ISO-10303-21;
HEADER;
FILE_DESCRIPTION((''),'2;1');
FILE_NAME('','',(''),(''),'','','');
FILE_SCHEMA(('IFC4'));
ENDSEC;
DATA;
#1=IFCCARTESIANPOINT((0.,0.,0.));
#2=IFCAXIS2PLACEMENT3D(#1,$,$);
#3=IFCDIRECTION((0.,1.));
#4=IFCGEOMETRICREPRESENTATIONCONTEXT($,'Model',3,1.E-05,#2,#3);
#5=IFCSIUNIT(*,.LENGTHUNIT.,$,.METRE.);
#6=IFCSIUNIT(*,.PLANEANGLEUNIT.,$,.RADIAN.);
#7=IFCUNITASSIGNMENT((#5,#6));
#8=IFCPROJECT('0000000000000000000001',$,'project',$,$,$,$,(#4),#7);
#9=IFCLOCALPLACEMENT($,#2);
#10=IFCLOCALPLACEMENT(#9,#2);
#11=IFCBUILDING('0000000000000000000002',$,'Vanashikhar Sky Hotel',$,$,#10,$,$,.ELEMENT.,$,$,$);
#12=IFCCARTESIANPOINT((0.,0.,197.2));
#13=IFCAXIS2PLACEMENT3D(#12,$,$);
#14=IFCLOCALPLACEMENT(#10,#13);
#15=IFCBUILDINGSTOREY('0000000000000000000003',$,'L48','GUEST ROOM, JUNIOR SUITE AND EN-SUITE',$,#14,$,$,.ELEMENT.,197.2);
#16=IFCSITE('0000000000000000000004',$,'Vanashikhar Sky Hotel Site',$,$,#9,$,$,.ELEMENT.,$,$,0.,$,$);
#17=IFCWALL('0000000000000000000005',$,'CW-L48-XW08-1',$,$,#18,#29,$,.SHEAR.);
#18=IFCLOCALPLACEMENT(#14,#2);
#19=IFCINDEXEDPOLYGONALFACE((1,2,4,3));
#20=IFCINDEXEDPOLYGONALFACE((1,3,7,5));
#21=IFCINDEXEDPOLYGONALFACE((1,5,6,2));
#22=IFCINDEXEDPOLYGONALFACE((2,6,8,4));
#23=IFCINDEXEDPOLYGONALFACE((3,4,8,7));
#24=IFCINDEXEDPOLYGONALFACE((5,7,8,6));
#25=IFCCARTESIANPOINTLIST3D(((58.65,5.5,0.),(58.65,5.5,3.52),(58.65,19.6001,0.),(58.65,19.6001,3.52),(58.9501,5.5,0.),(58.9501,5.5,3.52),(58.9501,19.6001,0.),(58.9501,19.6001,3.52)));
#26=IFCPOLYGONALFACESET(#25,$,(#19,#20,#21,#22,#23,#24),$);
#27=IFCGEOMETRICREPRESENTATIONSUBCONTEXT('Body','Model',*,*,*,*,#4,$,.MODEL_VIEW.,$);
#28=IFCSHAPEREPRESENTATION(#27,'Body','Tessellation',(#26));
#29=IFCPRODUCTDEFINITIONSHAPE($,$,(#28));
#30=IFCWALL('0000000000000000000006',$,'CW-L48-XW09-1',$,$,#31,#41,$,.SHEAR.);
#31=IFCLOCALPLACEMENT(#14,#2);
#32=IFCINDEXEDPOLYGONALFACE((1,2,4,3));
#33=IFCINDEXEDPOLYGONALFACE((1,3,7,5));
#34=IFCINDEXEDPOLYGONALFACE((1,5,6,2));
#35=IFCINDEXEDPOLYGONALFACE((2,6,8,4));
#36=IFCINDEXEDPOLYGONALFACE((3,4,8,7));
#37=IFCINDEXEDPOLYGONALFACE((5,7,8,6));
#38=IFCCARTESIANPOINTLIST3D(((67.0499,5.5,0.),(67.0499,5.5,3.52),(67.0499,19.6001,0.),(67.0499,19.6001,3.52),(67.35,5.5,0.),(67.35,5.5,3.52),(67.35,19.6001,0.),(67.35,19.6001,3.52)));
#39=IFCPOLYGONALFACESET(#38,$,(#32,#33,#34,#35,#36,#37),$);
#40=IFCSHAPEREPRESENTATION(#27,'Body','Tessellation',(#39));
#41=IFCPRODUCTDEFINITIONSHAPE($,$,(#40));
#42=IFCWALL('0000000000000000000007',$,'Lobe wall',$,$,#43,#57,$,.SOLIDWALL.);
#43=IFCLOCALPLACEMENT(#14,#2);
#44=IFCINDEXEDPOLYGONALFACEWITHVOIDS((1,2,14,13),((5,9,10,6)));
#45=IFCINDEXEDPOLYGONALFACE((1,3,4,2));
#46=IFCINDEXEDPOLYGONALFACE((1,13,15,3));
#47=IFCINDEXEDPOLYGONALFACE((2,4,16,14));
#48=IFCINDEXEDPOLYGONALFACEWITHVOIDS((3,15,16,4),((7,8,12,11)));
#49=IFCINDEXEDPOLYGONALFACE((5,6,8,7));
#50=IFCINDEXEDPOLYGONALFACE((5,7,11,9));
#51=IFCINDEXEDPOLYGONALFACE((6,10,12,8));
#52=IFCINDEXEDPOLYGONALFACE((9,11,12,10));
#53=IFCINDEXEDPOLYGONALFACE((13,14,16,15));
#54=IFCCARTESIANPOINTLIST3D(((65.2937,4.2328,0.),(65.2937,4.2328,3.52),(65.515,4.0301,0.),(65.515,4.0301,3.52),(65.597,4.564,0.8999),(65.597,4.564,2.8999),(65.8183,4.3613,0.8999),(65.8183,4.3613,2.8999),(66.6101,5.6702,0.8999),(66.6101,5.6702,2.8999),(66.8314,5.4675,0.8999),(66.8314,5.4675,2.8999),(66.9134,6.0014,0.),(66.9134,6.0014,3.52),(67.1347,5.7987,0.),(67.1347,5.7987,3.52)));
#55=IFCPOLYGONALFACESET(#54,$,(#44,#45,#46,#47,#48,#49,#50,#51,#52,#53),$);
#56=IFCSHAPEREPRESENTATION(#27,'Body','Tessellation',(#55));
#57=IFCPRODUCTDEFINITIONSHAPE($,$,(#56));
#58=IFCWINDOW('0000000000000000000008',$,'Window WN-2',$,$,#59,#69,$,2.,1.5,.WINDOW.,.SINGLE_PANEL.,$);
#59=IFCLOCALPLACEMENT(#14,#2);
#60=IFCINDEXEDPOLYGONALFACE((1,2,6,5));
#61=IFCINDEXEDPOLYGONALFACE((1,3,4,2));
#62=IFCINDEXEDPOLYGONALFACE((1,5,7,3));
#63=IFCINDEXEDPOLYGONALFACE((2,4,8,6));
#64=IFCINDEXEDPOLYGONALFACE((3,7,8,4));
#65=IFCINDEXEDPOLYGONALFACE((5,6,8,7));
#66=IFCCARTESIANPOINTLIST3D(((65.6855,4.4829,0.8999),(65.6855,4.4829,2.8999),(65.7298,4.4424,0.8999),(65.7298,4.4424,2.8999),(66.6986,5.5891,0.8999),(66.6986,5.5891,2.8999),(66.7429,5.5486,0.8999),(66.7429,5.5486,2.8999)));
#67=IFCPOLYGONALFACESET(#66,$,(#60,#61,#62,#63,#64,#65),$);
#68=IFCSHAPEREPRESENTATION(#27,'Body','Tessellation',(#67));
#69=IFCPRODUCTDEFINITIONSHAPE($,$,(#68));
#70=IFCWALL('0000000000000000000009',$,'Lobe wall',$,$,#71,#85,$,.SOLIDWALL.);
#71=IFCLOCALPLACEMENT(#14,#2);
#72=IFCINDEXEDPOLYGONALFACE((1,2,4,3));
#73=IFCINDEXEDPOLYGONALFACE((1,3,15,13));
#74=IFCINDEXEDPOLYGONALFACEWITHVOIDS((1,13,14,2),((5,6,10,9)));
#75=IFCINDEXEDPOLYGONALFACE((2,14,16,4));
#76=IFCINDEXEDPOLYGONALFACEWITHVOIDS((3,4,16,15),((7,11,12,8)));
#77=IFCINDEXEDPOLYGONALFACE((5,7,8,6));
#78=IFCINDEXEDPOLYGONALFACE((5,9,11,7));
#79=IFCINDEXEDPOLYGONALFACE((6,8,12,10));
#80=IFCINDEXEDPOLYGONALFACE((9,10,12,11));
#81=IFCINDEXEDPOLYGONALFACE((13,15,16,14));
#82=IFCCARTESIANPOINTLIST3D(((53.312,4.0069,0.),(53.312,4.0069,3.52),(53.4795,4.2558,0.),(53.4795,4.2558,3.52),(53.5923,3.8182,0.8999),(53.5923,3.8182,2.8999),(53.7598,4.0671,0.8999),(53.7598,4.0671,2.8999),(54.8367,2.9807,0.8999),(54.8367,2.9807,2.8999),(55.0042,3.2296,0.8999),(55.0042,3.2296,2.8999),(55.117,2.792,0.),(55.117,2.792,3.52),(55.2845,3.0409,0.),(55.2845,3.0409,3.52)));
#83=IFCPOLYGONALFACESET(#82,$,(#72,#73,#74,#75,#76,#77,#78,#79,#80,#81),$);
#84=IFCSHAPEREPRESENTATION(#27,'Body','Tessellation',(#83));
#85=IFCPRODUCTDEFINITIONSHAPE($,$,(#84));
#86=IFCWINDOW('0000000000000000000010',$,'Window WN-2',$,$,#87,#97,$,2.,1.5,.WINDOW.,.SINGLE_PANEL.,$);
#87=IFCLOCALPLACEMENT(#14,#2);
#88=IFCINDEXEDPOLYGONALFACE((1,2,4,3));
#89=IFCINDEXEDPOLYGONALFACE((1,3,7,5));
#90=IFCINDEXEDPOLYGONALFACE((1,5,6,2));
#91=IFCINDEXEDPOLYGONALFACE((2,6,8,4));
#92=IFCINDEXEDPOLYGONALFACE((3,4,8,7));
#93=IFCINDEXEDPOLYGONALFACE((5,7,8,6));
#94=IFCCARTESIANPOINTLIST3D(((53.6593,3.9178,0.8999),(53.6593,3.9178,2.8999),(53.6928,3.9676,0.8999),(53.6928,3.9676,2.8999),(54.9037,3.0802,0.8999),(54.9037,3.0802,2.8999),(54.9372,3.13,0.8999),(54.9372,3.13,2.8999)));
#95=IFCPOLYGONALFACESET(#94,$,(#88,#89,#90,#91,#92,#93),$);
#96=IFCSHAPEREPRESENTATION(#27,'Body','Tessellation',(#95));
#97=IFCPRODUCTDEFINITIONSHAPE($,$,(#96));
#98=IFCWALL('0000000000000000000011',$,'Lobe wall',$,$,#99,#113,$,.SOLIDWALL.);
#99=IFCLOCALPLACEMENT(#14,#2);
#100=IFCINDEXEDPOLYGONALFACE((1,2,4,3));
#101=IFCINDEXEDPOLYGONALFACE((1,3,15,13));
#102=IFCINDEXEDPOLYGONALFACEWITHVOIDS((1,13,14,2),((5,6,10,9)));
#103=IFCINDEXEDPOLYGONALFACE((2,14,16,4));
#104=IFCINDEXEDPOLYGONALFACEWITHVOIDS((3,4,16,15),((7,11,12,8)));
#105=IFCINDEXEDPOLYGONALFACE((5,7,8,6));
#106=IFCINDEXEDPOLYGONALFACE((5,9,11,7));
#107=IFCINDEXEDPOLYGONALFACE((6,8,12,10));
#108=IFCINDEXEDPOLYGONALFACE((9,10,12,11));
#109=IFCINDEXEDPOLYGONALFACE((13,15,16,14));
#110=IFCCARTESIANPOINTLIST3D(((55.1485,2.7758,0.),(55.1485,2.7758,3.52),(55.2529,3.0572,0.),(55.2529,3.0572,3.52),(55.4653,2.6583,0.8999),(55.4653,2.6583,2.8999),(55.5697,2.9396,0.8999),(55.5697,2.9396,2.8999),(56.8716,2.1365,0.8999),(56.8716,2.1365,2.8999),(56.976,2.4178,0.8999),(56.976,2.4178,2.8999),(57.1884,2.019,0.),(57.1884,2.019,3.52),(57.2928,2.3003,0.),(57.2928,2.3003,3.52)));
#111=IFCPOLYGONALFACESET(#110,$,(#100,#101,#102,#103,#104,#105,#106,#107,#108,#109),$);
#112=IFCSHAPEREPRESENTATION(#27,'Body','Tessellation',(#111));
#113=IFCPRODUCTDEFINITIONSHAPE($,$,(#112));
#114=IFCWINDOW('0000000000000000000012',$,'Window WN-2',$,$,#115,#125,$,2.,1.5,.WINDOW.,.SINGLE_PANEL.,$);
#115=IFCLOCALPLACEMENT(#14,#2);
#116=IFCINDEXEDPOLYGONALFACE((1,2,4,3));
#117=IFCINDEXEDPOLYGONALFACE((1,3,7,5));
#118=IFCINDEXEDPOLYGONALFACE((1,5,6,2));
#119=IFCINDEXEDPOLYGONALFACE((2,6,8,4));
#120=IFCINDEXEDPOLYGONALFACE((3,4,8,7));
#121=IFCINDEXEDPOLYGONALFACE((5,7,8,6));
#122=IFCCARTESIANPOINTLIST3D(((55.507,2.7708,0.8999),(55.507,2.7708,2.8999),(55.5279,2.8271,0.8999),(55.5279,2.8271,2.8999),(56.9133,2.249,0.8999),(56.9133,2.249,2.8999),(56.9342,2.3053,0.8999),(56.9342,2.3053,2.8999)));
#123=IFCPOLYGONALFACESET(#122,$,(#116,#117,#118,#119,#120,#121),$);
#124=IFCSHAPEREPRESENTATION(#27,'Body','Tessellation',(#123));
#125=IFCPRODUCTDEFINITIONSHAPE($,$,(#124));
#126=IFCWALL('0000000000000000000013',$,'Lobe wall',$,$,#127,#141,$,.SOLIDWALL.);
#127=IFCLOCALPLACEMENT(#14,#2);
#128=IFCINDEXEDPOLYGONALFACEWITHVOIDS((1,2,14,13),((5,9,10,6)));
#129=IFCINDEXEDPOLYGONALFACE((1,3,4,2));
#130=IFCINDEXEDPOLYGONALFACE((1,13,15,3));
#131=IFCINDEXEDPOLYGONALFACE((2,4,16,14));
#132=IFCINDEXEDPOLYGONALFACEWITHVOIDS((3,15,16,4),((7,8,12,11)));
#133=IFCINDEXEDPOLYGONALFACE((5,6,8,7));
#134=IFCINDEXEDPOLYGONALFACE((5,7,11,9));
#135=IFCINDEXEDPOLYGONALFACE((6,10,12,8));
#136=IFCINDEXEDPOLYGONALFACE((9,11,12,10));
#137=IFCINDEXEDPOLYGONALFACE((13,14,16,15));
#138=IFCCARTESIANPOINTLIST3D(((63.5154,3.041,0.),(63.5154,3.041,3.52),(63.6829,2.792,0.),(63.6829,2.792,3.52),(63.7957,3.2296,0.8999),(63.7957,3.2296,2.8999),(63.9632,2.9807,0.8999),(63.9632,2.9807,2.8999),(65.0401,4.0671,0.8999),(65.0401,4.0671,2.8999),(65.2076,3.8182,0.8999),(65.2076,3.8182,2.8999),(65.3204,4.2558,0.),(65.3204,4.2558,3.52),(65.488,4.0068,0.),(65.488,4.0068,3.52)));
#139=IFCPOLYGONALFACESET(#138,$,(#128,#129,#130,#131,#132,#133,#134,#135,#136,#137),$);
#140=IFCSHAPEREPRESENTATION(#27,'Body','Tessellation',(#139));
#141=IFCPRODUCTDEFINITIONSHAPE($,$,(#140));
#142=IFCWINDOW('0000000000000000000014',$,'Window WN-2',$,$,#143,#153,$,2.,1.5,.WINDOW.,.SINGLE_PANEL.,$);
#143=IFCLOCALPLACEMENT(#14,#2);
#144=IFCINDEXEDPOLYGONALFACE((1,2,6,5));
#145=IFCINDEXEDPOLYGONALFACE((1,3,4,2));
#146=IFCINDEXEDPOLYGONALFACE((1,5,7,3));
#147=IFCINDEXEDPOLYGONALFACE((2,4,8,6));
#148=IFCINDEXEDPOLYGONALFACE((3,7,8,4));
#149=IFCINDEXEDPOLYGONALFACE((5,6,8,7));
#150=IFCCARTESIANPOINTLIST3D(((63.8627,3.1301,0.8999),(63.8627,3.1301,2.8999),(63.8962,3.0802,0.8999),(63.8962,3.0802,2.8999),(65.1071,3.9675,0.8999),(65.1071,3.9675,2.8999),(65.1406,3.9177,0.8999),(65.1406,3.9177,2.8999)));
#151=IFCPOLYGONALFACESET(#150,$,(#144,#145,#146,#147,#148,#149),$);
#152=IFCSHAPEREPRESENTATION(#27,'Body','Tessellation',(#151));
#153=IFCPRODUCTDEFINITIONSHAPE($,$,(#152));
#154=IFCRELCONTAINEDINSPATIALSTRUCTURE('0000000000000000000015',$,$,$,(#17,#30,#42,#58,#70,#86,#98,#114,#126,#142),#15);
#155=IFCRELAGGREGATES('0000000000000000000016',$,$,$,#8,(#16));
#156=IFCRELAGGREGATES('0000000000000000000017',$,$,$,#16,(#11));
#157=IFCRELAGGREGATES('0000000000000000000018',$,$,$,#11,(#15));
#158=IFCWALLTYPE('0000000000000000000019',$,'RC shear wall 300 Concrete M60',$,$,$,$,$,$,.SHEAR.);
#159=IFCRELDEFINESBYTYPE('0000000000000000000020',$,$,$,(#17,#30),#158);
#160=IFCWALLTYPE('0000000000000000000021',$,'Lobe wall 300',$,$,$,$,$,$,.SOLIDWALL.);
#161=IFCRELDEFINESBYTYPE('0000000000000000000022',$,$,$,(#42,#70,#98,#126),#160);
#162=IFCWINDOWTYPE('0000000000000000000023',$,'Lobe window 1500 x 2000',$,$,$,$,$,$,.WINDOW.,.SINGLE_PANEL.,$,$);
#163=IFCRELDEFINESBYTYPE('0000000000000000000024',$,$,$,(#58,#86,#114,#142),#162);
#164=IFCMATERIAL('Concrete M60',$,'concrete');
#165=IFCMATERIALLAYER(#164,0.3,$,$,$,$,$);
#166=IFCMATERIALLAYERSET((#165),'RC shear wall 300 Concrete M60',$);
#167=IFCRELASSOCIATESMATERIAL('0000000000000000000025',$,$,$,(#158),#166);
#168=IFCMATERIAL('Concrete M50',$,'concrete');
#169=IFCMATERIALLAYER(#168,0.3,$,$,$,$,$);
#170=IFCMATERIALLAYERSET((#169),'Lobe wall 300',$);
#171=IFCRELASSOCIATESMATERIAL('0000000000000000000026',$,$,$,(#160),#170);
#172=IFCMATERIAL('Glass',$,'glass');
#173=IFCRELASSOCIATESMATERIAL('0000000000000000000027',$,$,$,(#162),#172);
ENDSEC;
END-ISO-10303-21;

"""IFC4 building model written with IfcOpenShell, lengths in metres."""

from ifc_helpers import new_model, si_unit, direction, frame, frame_2d, origin, place, context, subcontext, project, spatial, rectangle, extrude, source, transform, mapped, material, layer, layer_set, type_object, element, fill, save


model = new_model("IFC4")

# Units and contexts
model_context = context("Model", 3, precision=1e-05, world=origin(), true_north=direction((0.0, 1.0)))
body_context = subcontext(model_context, "Body", "Model", "MODEL_VIEW")
ifc_project = project(units=[si_unit("LENGTHUNIT", "METRE"), si_unit("PLANEANGLEUNIT", "RADIAN")], contexts=[model_context])

# Site, building, storey
site_placement = place(None, origin())
site = spatial("IfcSite", under=ifc_project, at=site_placement, Name="Vanashikhar Sky Hotel Site", CompositionType="ELEMENT", RefElevation=0.0)
building_placement = place(site_placement, origin())
building = spatial("IfcBuilding", under=site, at=building_placement, Name="Vanashikhar Sky Hotel", CompositionType="ELEMENT")
storey_placement = place(building_placement, frame((0.0, 0.0, 197.2)))
storey = spatial("IfcBuildingStorey", under=building, at=storey_placement, Name="L48", Description="GUEST ROOM, JUNIOR SUITE AND EN-SUITE", CompositionType="ELEMENT", Elevation=197.2)

# Walls
ifc_material_1 = material(Name="Concrete M60", Category="concrete")
ifc_layer_1 = layer(ifc_material_1, 0.3)
ifc_layer_set_1 = layer_set([ifc_layer_1], Name="RC shear wall 300 Concrete M60")
wall_type_1 = type_object("IfcWallType", Name="RC shear wall 300 Concrete M60", PredefinedType="SHEAR", material=ifc_layer_set_1)
shared_shape_1 = source(origin(), body_context, "Body", "SweptSolid", [
    extrude(rectangle(XDim=14.1001, YDim=0.3, at=frame_2d((7.05, 0.0))), origin(), (0.0, 0.0, 1.0), 3.52),
])
for number, where, z_axis, x_axis, name in (
    (1, (58.8, 5.5, 0.0), (0.0, 0.0, 1.0), (0.0, 1.0, 0.0), "CW-L48-XW08-1"),
    (2, (67.2, 5.5, 0.0), (0.0, 0.0, 1.0), (0.0, 1.0, 0.0), "CW-L48-XW09-1"),
):
    element("IfcWall", number, at=place(storey_placement, frame(where, z_axis=z_axis, x_axis=x_axis)), inside=storey, type_object=wall_type_1, Name=name, PredefinedType="SHEAR", context=body_context, shape_type="MappedRepresentation", body=[
        mapped(shared_shape_1, transform((0.0, 0.0, 0.0), scale=1.0)),
    ])

# Walls, openings, windows
ifc_material_2 = material(Name="Concrete M50", Category="concrete")
ifc_layer_2 = layer(ifc_material_2, 0.3)
ifc_layer_set_2 = layer_set([ifc_layer_2], Name="Lobe wall 300")
wall_type_2 = type_object("IfcWallType", Name="Lobe wall 300", PredefinedType="SOLIDWALL", material=ifc_layer_set_2)
shared_shape_2 = source(origin(), body_context, "Body", "SweptSolid", [
    extrude(rectangle(XDim=2.3982, YDim=0.3, at=frame_2d((1.1992, 0.0))), origin(), (0.0, 0.0, 1.0), 3.52),
])
wall_1_placement = place(storey_placement, frame((65.4043, 4.1313, 0.0), z_axis=(0.0, 0.0, 1.0), x_axis=(0.675374, 0.737475, 0.0)))
wall_1 = element("IfcWall", 3, at=wall_1_placement, inside=storey, type_object=wall_type_2, Name="Lobe wall", PredefinedType="SOLIDWALL", context=body_context, shape_type="MappedRepresentation", body=[
    mapped(shared_shape_2, transform((0.0, 0.0, 0.0), scale=1.0)),
])
shared_shape_3 = source(origin(), body_context, "Body", "SweptSolid", [
    extrude(rectangle(XDim=1.5, YDim=2.0, at=frame_2d((0.75, 1.0))), frame((0.0, 0.1602, 0.0), z_axis=(0.0, -1.0, 0.0), x_axis=(1.0, 0.0, 0.0)), (0.0, 0.0, 1.0), 0.3201),
])
opening_1_placement = place(wall_1_placement, frame((0.4492, 0.0, 0.8999)))
opening_1 = element("IfcOpeningElement", 4, at=opening_1_placement, cuts=wall_1, PredefinedType="OPENING", context=body_context, shape_type="MappedRepresentation", body=[
    mapped(shared_shape_3, transform((0.0, 0.0, 0.0), scale=1.0)),
])
ifc_material_3 = material(Name="Glass", Category="glass")
window_type = type_object("IfcWindowType", Name="Lobe window 1500 x 2000", PartitioningType="SINGLE_PANEL", PredefinedType="WINDOW", material=ifc_material_3)
shared_shape_4 = source(origin(), body_context, "Body", "SweptSolid", [
    extrude(rectangle(XDim=1.5, YDim=2.0, at=frame_2d((0.75, 1.0))), frame((0.0, 0.03, 0.0), z_axis=(0.0, -1.0, 0.0), x_axis=(1.0, 0.0, 0.0)), (0.0, 0.0, 1.0), 0.0601),
])
window_1_placement = place(opening_1_placement, origin())
window_1 = element("IfcWindow", 5, at=window_1_placement, inside=storey, type_object=window_type, Name="Window WN-2", OverallHeight=2.0, OverallWidth=1.5, PartitioningType="SINGLE_PANEL", PredefinedType="WINDOW", context=body_context, shape_type="MappedRepresentation", body=[
    mapped(shared_shape_4, transform((0.0, 0.0, 0.0), scale=1.0)),
])
fill(opening_1, window_1)
shared_shape_5 = source(origin(), body_context, "Body", "SweptSolid", [
    extrude(rectangle(XDim=2.1758, YDim=0.3, at=frame_2d((1.0879, 0.0))), origin(), (0.0, 0.0, 1.0), 3.52),
])
wall_2_placement = place(storey_placement, frame((53.3958, 4.1313, 0.0), z_axis=(0.0, 0.0, 1.0), x_axis=(0.829591, -0.558372, 0.0)))
wall_2 = element("IfcWall", 6, at=wall_2_placement, inside=storey, type_object=wall_type_2, Name="Lobe wall", PredefinedType="SOLIDWALL", context=body_context, shape_type="MappedRepresentation", body=[
    mapped(shared_shape_5, transform((0.0, 0.0, 0.0), scale=1.0)),
])
opening_2_placement = place(wall_2_placement, frame((0.3379, 0.0, 0.8999)))
opening_2 = element("IfcOpeningElement", 7, at=opening_2_placement, cuts=wall_2, PredefinedType="OPENING", context=body_context, shape_type="MappedRepresentation", body=[
    mapped(shared_shape_3, transform((0.0, 0.0, 0.0), scale=1.0)),
])
window_2_placement = place(opening_2_placement, origin())
window_2 = element("IfcWindow", 8, at=window_2_placement, inside=storey, type_object=window_type, Name="Window WN-2", OverallHeight=2.0, OverallWidth=1.5, PartitioningType="SINGLE_PANEL", PredefinedType="WINDOW", context=body_context, shape_type="MappedRepresentation", body=[
    mapped(shared_shape_4, transform((0.0, 0.0, 0.0), scale=1.0)),
])
fill(opening_2, window_2)
wall_3_placement = place(storey_placement, frame((55.2007, 2.9165, 0.0), z_axis=(0.0, 0.0, 1.0), x_axis=(0.937546, -0.347863, 0.0)))
wall_3 = element("IfcWall", 9, at=wall_3_placement, inside=storey, type_object=wall_type_2, Name="Lobe wall", PredefinedType="SOLIDWALL", context=body_context, shape_type="MappedRepresentation", body=[
    mapped(shared_shape_5, transform((0.0, 0.0, 0.0), scale=1.0)),
])
opening_3_placement = place(wall_3_placement, frame((0.3379, 0.0, 0.8999)))
opening_3 = element("IfcOpeningElement", 10, at=opening_3_placement, cuts=wall_3, PredefinedType="OPENING", context=body_context, shape_type="MappedRepresentation", body=[
    mapped(shared_shape_3, transform((0.0, 0.0, 0.0), scale=1.0)),
])
window_3_placement = place(opening_3_placement, origin())
window_3 = element("IfcWindow", 11, at=window_3_placement, inside=storey, type_object=window_type, Name="Window WN-2", OverallHeight=2.0, OverallWidth=1.5, PartitioningType="SINGLE_PANEL", PredefinedType="WINDOW", context=body_context, shape_type="MappedRepresentation", body=[
    mapped(shared_shape_4, transform((0.0, 0.0, 0.0), scale=1.0)),
])
fill(opening_3, window_3)
wall_4_placement = place(storey_placement, frame((63.5991, 2.9165, 0.0), z_axis=(0.0, 0.0, 1.0), x_axis=(0.829626, 0.55832, 0.0)))
wall_4 = element("IfcWall", 12, at=wall_4_placement, inside=storey, type_object=wall_type_2, Name="Lobe wall", PredefinedType="SOLIDWALL", context=body_context, shape_type="MappedRepresentation", body=[
    mapped(shared_shape_5, transform((0.0, 0.0, 0.0), scale=1.0)),
])
opening_4_placement = place(wall_4_placement, frame((0.3379, 0.0, 0.8999)))
opening_4 = element("IfcOpeningElement", 13, at=opening_4_placement, cuts=wall_4, PredefinedType="OPENING", context=body_context, shape_type="MappedRepresentation", body=[
    mapped(shared_shape_3, transform((0.0, 0.0, 0.0), scale=1.0)),
])
window_4_placement = place(opening_4_placement, origin())
window_4 = element("IfcWindow", 14, at=window_4_placement, inside=storey, type_object=window_type, Name="Window WN-2", OverallHeight=2.0, OverallWidth=1.5, PartitioningType="SINGLE_PANEL", PredefinedType="WINDOW", context=body_context, shape_type="MappedRepresentation", body=[
    mapped(shared_shape_4, transform((0.0, 0.0, 0.0), scale=1.0)),
])
fill(opening_4, window_4)

save(model, "model.ifc")
